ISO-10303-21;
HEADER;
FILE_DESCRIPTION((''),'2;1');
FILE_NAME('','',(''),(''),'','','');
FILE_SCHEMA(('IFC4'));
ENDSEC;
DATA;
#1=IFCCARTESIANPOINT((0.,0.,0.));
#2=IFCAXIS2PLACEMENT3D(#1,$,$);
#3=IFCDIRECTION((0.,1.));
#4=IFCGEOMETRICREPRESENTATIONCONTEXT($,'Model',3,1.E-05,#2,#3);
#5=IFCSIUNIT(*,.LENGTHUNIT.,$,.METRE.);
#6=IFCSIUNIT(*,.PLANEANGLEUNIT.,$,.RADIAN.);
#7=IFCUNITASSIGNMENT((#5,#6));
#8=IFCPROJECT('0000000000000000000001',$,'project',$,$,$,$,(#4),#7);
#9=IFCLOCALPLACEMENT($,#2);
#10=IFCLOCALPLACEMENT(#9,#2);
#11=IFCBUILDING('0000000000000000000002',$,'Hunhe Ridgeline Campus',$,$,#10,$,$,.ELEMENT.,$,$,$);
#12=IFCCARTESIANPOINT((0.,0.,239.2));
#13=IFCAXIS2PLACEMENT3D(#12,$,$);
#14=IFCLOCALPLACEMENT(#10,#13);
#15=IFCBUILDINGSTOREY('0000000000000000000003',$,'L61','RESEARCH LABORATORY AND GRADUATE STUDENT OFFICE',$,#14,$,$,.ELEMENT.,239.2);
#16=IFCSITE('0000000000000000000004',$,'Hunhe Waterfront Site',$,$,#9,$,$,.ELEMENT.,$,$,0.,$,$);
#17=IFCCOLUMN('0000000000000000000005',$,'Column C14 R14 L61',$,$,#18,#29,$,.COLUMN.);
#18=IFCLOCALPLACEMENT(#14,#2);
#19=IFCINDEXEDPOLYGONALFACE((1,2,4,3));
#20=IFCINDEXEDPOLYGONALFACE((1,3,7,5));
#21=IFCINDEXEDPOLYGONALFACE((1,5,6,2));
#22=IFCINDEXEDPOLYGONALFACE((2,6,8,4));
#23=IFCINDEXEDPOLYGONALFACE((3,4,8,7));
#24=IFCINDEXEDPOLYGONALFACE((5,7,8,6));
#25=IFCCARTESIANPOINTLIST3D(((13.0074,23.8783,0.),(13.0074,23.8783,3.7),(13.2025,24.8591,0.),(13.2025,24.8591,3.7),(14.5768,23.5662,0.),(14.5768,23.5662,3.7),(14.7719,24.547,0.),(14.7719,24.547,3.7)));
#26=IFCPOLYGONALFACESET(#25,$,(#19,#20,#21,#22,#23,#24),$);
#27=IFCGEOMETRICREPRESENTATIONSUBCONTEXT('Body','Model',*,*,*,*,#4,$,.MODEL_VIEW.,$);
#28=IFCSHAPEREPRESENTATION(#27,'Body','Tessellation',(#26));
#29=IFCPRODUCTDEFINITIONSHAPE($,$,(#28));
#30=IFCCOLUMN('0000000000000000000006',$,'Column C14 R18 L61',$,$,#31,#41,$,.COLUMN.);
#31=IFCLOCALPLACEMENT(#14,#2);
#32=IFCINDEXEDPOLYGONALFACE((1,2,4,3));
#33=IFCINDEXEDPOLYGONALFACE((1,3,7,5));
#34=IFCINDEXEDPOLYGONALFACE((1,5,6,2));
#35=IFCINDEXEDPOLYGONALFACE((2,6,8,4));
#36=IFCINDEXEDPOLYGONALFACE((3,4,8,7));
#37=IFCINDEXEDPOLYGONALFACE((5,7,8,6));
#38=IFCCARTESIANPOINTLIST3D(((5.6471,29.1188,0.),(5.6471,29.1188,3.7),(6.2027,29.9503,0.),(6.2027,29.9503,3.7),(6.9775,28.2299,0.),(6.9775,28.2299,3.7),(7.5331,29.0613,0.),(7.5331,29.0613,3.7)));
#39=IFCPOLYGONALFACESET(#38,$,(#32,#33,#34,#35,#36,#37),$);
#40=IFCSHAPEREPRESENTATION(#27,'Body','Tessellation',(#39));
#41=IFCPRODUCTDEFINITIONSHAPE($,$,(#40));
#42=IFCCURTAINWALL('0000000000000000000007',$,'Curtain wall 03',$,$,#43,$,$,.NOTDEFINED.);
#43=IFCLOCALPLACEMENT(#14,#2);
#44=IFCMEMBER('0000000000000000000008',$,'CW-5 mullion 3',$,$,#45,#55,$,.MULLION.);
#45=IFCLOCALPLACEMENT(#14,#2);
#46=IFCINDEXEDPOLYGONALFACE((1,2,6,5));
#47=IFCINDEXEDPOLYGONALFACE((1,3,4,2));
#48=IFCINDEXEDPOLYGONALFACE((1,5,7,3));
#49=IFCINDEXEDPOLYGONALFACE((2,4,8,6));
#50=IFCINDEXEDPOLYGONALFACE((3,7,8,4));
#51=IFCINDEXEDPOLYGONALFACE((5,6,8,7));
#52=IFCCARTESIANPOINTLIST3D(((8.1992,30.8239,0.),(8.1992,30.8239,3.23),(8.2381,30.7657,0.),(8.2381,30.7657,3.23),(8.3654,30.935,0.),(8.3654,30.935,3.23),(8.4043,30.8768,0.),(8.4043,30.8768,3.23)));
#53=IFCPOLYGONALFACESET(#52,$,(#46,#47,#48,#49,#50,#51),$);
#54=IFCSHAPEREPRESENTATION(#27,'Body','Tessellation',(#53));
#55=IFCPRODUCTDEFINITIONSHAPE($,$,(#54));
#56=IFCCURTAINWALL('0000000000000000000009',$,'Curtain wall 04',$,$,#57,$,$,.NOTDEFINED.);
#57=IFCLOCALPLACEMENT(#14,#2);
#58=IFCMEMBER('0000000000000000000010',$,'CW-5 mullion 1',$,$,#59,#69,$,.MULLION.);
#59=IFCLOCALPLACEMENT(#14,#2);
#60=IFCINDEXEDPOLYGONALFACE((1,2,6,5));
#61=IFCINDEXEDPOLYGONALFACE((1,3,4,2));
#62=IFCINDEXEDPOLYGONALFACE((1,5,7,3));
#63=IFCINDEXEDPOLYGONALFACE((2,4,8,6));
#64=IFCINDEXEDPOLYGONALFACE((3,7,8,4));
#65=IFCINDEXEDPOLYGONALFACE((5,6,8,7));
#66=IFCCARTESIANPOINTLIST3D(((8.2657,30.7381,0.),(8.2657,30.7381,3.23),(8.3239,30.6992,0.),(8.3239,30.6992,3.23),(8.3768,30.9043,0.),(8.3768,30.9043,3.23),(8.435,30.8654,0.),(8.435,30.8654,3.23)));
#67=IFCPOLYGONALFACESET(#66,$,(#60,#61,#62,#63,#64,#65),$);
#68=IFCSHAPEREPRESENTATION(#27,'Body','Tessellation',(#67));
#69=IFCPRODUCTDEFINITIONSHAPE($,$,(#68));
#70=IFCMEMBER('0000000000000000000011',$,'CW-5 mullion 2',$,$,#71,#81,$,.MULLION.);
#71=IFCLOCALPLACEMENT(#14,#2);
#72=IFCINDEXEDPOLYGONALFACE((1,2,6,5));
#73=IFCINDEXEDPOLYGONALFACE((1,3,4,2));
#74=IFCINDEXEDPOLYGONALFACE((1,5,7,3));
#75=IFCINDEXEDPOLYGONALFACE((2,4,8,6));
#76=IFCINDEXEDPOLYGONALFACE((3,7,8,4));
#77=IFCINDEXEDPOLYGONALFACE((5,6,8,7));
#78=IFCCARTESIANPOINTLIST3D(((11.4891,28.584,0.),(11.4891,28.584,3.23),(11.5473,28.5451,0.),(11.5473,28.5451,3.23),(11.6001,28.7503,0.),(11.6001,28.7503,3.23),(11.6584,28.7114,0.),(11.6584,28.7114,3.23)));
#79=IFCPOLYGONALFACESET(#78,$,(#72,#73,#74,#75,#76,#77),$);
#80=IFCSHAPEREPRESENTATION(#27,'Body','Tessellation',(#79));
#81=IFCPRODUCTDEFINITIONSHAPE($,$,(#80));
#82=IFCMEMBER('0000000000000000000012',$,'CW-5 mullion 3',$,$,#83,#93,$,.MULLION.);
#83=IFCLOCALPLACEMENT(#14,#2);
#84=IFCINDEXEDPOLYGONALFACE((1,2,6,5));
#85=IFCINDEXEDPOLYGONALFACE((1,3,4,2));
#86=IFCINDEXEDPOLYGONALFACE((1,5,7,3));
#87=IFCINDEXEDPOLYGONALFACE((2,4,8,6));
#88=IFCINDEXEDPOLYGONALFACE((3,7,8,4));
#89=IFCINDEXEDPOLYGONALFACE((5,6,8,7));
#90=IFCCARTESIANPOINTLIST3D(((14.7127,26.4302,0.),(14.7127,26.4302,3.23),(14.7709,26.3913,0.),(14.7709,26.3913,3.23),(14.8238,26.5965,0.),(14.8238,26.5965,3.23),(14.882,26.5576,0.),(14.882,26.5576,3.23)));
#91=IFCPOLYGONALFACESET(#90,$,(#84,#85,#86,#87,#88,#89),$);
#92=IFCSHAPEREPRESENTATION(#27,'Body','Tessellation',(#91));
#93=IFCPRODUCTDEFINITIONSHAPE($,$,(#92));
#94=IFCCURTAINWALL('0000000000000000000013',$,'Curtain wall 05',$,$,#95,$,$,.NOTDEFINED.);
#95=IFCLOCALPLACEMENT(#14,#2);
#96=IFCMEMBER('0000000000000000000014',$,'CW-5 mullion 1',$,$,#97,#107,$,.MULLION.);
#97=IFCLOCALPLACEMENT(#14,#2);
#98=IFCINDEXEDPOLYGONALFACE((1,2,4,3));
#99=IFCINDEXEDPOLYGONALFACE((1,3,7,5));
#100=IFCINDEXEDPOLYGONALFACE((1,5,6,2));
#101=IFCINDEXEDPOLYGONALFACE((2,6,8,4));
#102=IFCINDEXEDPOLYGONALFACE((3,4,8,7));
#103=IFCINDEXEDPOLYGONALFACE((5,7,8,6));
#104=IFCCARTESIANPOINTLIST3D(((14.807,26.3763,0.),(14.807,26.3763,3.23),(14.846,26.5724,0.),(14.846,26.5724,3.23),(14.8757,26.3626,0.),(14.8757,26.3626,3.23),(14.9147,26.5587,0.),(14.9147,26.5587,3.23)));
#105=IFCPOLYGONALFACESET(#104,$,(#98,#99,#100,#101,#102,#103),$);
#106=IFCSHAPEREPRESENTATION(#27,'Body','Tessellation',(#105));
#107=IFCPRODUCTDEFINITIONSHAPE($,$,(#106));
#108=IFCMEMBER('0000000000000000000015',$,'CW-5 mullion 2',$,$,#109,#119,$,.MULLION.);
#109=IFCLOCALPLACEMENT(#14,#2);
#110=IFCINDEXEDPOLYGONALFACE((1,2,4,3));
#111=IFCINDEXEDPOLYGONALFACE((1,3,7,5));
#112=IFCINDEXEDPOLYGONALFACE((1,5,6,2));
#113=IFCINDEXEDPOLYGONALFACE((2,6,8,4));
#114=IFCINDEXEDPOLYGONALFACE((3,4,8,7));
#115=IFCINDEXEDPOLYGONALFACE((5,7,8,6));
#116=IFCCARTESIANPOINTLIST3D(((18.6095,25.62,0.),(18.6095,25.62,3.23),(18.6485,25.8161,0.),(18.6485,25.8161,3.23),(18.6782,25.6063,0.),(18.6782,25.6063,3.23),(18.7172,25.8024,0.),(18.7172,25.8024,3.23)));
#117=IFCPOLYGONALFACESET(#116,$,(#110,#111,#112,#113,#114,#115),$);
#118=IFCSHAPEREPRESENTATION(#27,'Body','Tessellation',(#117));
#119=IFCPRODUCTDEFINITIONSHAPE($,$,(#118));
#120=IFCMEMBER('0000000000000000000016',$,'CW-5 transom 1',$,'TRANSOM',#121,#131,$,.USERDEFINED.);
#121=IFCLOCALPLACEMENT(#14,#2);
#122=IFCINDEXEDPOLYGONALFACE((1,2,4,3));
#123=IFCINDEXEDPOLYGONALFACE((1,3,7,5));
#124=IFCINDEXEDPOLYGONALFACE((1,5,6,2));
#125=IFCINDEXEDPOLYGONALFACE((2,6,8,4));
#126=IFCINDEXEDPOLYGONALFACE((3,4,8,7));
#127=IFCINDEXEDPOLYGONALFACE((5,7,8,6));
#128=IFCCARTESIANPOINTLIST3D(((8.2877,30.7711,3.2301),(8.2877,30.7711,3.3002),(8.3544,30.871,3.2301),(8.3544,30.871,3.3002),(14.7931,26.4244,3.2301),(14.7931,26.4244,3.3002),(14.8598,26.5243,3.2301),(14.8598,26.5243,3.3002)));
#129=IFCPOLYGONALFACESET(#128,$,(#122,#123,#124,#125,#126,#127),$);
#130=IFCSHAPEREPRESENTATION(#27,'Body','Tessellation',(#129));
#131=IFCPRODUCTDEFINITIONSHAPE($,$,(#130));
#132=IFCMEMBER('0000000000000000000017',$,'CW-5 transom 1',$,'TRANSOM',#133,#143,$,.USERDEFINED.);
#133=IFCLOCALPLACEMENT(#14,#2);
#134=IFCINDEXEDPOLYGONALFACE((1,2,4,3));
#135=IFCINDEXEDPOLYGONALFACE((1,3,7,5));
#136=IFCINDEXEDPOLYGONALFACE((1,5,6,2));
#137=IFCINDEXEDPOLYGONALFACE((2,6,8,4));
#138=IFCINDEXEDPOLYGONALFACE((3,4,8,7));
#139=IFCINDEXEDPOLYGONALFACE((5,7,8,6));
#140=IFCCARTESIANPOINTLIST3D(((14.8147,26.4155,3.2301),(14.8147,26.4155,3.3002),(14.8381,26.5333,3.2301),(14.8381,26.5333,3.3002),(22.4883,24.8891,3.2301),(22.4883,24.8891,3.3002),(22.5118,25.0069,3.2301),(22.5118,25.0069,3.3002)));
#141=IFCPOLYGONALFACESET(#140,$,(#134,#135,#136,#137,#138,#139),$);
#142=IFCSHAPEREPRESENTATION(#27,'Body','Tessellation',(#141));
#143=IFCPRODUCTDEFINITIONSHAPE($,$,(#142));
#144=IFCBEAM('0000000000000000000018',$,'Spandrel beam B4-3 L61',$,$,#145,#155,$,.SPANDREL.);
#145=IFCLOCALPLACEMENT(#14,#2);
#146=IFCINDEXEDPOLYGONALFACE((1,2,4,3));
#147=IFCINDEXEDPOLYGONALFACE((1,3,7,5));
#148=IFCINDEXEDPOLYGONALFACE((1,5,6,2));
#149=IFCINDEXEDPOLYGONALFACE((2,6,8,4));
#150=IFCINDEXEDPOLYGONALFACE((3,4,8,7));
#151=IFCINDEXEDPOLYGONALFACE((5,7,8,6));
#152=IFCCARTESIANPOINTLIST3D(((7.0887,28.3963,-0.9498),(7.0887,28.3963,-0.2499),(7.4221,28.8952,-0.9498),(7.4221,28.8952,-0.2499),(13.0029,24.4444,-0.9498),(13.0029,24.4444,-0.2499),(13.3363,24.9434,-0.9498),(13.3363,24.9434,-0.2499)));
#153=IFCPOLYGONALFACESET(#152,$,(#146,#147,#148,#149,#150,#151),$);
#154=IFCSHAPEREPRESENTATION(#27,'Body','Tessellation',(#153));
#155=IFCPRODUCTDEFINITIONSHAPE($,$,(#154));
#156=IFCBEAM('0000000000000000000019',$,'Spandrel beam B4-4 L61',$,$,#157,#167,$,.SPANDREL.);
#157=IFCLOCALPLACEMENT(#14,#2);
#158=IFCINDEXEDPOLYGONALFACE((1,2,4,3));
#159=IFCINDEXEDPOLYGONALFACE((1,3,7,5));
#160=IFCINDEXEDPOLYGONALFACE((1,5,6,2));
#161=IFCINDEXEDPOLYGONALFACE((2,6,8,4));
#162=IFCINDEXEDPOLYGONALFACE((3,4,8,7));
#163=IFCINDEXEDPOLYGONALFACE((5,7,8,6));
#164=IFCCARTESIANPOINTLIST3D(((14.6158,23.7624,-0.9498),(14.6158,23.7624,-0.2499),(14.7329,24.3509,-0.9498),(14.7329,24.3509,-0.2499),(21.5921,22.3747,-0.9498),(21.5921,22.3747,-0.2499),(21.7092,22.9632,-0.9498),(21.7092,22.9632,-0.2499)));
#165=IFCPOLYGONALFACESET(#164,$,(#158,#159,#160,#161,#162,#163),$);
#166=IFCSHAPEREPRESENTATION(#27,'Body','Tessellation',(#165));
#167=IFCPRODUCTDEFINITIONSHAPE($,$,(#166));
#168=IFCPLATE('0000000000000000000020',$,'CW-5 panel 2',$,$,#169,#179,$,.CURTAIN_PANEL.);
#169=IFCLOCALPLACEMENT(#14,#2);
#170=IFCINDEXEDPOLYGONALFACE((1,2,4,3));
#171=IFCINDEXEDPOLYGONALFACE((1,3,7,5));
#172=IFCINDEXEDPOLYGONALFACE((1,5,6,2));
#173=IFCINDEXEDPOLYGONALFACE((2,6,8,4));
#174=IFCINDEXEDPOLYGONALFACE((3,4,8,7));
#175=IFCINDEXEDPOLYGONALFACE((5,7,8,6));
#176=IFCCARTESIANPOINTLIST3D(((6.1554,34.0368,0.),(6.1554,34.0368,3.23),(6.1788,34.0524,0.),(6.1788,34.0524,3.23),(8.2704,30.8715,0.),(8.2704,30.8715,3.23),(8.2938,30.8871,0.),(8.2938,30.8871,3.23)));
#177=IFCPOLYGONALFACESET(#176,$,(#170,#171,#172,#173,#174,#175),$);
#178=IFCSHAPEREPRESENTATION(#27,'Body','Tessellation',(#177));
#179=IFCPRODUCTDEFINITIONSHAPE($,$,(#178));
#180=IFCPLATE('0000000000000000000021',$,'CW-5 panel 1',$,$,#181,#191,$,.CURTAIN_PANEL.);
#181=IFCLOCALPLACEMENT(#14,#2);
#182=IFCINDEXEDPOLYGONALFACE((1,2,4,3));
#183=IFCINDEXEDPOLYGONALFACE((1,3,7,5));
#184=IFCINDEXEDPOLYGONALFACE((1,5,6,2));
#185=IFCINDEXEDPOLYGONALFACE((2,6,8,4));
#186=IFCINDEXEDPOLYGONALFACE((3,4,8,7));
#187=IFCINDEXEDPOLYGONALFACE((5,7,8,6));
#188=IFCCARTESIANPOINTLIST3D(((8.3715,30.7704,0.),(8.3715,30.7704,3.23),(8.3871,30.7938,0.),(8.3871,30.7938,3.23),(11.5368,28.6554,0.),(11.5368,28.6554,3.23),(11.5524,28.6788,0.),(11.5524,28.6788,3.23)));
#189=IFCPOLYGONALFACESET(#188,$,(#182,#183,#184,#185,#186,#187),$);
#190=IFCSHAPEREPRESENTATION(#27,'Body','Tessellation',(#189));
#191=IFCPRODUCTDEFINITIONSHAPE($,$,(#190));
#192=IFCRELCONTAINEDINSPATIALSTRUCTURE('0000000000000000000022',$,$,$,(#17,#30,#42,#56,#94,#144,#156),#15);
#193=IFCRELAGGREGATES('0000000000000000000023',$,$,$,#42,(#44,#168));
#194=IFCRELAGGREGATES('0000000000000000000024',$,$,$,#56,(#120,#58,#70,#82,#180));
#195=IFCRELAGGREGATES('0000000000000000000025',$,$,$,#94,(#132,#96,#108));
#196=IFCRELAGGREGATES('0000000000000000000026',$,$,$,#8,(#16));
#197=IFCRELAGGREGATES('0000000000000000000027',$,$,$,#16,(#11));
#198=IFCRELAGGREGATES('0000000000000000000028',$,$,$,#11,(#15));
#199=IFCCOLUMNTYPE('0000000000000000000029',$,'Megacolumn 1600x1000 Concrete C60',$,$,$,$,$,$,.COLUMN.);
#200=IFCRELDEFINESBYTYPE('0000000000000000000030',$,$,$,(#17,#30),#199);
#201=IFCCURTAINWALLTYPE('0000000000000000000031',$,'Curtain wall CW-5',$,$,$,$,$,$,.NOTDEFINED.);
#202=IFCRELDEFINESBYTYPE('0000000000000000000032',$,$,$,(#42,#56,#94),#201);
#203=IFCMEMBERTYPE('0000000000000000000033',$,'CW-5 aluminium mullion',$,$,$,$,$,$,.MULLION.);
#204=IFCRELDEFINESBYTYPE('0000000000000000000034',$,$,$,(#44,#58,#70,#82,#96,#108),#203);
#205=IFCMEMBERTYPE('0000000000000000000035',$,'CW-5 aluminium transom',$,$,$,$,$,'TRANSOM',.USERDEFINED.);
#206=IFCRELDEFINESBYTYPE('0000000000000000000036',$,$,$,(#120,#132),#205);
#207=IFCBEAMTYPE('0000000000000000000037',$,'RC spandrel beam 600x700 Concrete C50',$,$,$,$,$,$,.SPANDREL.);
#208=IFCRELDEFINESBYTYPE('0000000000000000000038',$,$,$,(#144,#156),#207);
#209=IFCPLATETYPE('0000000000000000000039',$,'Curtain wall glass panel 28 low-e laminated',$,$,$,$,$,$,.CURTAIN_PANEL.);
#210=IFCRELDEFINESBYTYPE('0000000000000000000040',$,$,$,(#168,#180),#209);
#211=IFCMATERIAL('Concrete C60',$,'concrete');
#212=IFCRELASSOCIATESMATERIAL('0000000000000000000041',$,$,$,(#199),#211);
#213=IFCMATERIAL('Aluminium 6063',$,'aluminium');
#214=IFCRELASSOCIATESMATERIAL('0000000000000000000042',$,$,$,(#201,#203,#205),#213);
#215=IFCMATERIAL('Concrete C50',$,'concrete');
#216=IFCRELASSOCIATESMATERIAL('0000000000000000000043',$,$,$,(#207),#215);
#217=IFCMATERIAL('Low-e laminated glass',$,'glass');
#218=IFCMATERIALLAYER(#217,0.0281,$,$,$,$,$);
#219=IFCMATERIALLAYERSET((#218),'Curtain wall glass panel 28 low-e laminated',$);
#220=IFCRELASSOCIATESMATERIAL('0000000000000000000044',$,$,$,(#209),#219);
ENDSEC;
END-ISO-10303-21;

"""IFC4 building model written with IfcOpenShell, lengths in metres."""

from ifc_helpers import new_model, si_unit, direction, frame, origin, origin_2d, place, context, subcontext, project, spatial, rectangle, extrude, material, layer, layer_set, material_profile, profile_set, type_object, element, aggregate, save


model = new_model("IFC4")

# Units and contexts
model_context = context("Model", 3, precision=1e-05, world=origin(), true_north=direction((0.0, 1.0)))
body_context = subcontext(model_context, "Body", "Model", "MODEL_VIEW")
ifc_project = project(units=[si_unit("LENGTHUNIT", "METRE"), si_unit("PLANEANGLEUNIT", "RADIAN")], contexts=[model_context])

# Site, building, storey
site_placement = place(None, origin())
site = spatial("IfcSite", under=ifc_project, at=site_placement, Name="Hunhe Waterfront Site", CompositionType="ELEMENT", RefElevation=0.0)
building_placement = place(site_placement, origin())
building = spatial("IfcBuilding", under=site, at=building_placement, Name="Hunhe Ridgeline Campus", CompositionType="ELEMENT")
storey_placement = place(building_placement, frame((0.0, 0.0, 239.2)))
storey = spatial("IfcBuildingStorey", under=building, at=storey_placement, Name="L61", Description="RESEARCH LABORATORY AND GRADUATE STUDENT OFFICE", CompositionType="ELEMENT", Elevation=239.2)

# Columns
ifc_material_1 = material(Name="Concrete C60", Category="concrete")
ifc_material_profile_1 = material_profile(ifc_material_1, rectangle(XDim=1.6001, YDim=1.0, at=origin_2d()))
ifc_profile_set_1 = profile_set([ifc_material_profile_1], Name="Concrete C60")
column_type = type_object("IfcColumnType", Name="Megacolumn 1600x1000 Concrete C60", PredefinedType="COLUMN", material=ifc_profile_set_1)
for number, where, z_axis, x_axis, name in (
    (1, (13.8896, 24.2126, 0.0), (0.0, 0.0, 1.0), (-0.980785, 0.19509, 0.0), "Column C14 R14 L61"),
    (2, (6.5901, 29.0901, 0.0), (0.0, 0.0, 1.0), (-0.83147, 0.55557, 0.0), "Column C14 R18 L61"),
):
    element("IfcColumn", number, at=place(storey_placement, frame(where, z_axis=z_axis, x_axis=x_axis)), inside=storey, type_object=column_type, Name=name, PredefinedType="COLUMN", context=body_context, shape_type="SweptSolid", body=[
        extrude(rectangle(XDim=1.6001, YDim=1.0, at=origin_2d()), origin(), (0.0, 0.0, 1.0), 3.7),
    ])

# Curtain wall, member
ifc_material_2 = material(Name="Aluminium 6063", Category="aluminium")
curtain_wall_type = type_object("IfcCurtainWallType", Name="Curtain wall CW-5", PredefinedType="NOTDEFINED", material=ifc_material_2)
curtain_wall_1_placement = place(storey_placement, origin())
curtain_wall_1 = element("IfcCurtainWall", 3, at=curtain_wall_1_placement, inside=storey, type_object=curtain_wall_type, Name="Curtain wall 03", PredefinedType="NOTDEFINED")
ifc_material_profile_2 = material_profile(ifc_material_2, rectangle(XDim=0.2, YDim=0.0701, at=origin_2d()))
ifc_profile_set_2 = profile_set([ifc_material_profile_2], Name="Aluminium 6063")
member_type_1 = type_object("IfcMemberType", Name="CW-5 aluminium mullion", PredefinedType="MULLION", material=ifc_profile_set_2)
member_1_placement = place(storey_placement, frame((8.3018, 30.8503, 0.0), z_axis=(0.0, 0.0, 1.0), x_axis=(0.83147, 0.55557, 0.0)))
member_1 = element("IfcMember", 4, at=member_1_placement, type_object=member_type_1, Name="CW-5 mullion 3", PredefinedType="MULLION", context=body_context, shape_type="SweptSolid", body=[
    extrude(rectangle(XDim=0.2, YDim=0.0701, at=origin_2d()), origin(), (0.0, 0.0, 1.0), 3.23),
])

# Curtain walls, members
curtain_wall_2_placement = place(storey_placement, origin())
curtain_wall_2 = element("IfcCurtainWall", 5, at=curtain_wall_2_placement, inside=storey, type_object=curtain_wall_type, Name="Curtain wall 04", PredefinedType="NOTDEFINED")
member_2_placement = place(storey_placement, frame((8.3503, 30.8018, 0.0), z_axis=(0.0, 0.0, 1.0), x_axis=(0.55557, 0.83147, 0.0)))
member_2 = element("IfcMember", 6, at=member_2_placement, type_object=member_type_1, Name="CW-5 mullion 1", PredefinedType="MULLION", context=body_context, shape_type="SweptSolid", body=[
    extrude(rectangle(XDim=0.2, YDim=0.0701, at=origin_2d()), origin(), (0.0, 0.0, 1.0), 3.23),
])
member_3_placement = place(storey_placement, frame((11.5737, 28.6477, 0.0), z_axis=(0.0, 0.0, 1.0), x_axis=(0.55557, 0.83147, 0.0)))
member_3 = element("IfcMember", 7, at=member_3_placement, type_object=member_type_1, Name="CW-5 mullion 2", PredefinedType="MULLION", context=body_context, shape_type="SweptSolid", body=[
    extrude(rectangle(XDim=0.2, YDim=0.0701, at=origin_2d()), origin(), (0.0, 0.0, 1.0), 3.23),
])
member_4_placement = place(storey_placement, frame((14.7974, 26.4939, 0.0), z_axis=(0.0, 0.0, 1.0), x_axis=(0.55557, 0.83147, 0.0)))
member_4 = element("IfcMember", 8, at=member_4_placement, type_object=member_type_1, Name="CW-5 mullion 3", PredefinedType="MULLION", context=body_context, shape_type="SweptSolid", body=[
    extrude(rectangle(XDim=0.2, YDim=0.0701, at=origin_2d()), origin(), (0.0, 0.0, 1.0), 3.23),
])
curtain_wall_3_placement = place(storey_placement, origin())
curtain_wall_3 = element("IfcCurtainWall", 9, at=curtain_wall_3_placement, inside=storey, type_object=curtain_wall_type, Name="Curtain wall 05", PredefinedType="NOTDEFINED")
member_5_placement = place(storey_placement, frame((14.8608, 26.4675, 0.0), z_axis=(0.0, 0.0, 1.0), x_axis=(0.19509, 0.980785, 0.0)))
member_5 = element("IfcMember", 10, at=member_5_placement, type_object=member_type_1, Name="CW-5 mullion 1", PredefinedType="MULLION", context=body_context, shape_type="SweptSolid", body=[
    extrude(rectangle(XDim=0.2, YDim=0.0701, at=origin_2d()), origin(), (0.0, 0.0, 1.0), 3.23),
])
member_6_placement = place(storey_placement, frame((18.6633, 25.7112, 0.0), z_axis=(0.0, 0.0, 1.0), x_axis=(0.19509, 0.980785, 0.0)))
member_6 = element("IfcMember", 11, at=member_6_placement, type_object=member_type_1, Name="CW-5 mullion 2", PredefinedType="MULLION", context=body_context, shape_type="SweptSolid", body=[
    extrude(rectangle(XDim=0.2, YDim=0.0701, at=origin_2d()), origin(), (0.0, 0.0, 1.0), 3.23),
])

# Members
ifc_material_profile_3 = material_profile(ifc_material_2, rectangle(XDim=0.1201, YDim=0.0701, at=origin_2d()))
ifc_profile_set_3 = profile_set([ifc_material_profile_3], Name="Aluminium 6063")
member_type_2 = type_object("IfcMemberType", Name="CW-5 aluminium transom", ElementType="TRANSOM", PredefinedType="USERDEFINED", material=ifc_profile_set_3)
member_7_placement = place(storey_placement, frame((8.321, 30.821, 3.2651), z_axis=(0.831474, -0.555564, 0.0), x_axis=(0.555564, 0.831474, 0.0)))
member_7 = element("IfcMember", 12, at=member_7_placement, type_object=member_type_2, Name="CW-5 transom 1", ObjectType="TRANSOM", PredefinedType="USERDEFINED", context=body_context, shape_type="SweptSolid", body=[
    extrude(rectangle(XDim=0.1201, YDim=0.0701, at=origin_2d()), origin(), (0.0, 0.0, 1.0), 7.824),
])
member_8_placement = place(storey_placement, frame((14.8264, 26.4744, 3.2651), z_axis=(0.980785, -0.19509, 0.0), x_axis=(0.19509, 0.980785, 0.0)))
member_8 = element("IfcMember", 13, at=member_8_placement, type_object=member_type_2, Name="CW-5 transom 1", ObjectType="TRANSOM", PredefinedType="USERDEFINED", context=body_context, shape_type="SweptSolid", body=[
    extrude(rectangle(XDim=0.1201, YDim=0.0701, at=origin_2d()), origin(), (0.0, 0.0, 1.0), 7.824),
])

# Beams
ifc_material_3 = material(Name="Concrete C50", Category="concrete")
ifc_material_profile_4 = material_profile(ifc_material_3, rectangle(XDim=0.6001, YDim=0.7, at=origin_2d()))
ifc_profile_set_4 = profile_set([ifc_material_profile_4], Name="Concrete C50")
beam_type = type_object("IfcBeamType", Name="RC spandrel beam 600x700 Concrete C50", PredefinedType="SPANDREL", material=ifc_profile_set_4)
for number, where, z_axis, x_axis, name in (
    (14, (7.2554, 28.6458, -0.5999), (0.831464, -0.555579, 0.0), (0.555579, 0.831464, 0.0), "Spandrel beam B4-3 L61"),
    (15, (14.6743, 24.0566, -0.5999), (0.980785, -0.195093, 0.0), (0.195093, 0.980785, 0.0), "Spandrel beam B4-4 L61"),
):
    element("IfcBeam", number, at=place(storey_placement, frame(where, z_axis=z_axis, x_axis=x_axis)), inside=storey, type_object=beam_type, Name=name, PredefinedType="SPANDREL", context=body_context, shape_type="SweptSolid", body=[
        extrude(rectangle(XDim=0.6001, YDim=0.7, at=origin_2d()), origin(), (0.0, 0.0, 1.0), 7.113),
    ])

# Plates
ifc_material_4 = material(Name="Low-e laminated glass", Category="glass")
ifc_layer_1 = layer(ifc_material_4, 0.0281)
ifc_layer_set_1 = layer_set([ifc_layer_1], Name="Curtain wall glass panel 28 low-e laminated")
plate_type = type_object("IfcPlateType", Name="Curtain wall glass panel 28 low-e laminated", PredefinedType="CURTAIN_PANEL", material=ifc_layer_set_1)
plate_1_placement = place(storey_placement, frame((7.2246, 32.4619, 0.0), z_axis=(0.0, 0.0, 1.0), x_axis=(0.55557, -0.83147, 0.0)))
plate_1 = element("IfcPlate", 16, at=plate_1_placement, type_object=plate_type, Name="CW-5 panel 2", PredefinedType="CURTAIN_PANEL", context=body_context, shape_type="SweptSolid", body=[
    extrude(rectangle(XDim=3.8069, YDim=0.0281, at=origin_2d()), origin(), (0.0, 0.0, 1.0), 3.23),
])
aggregate(curtain_wall_1, [member_1, plate_1])
plate_2_placement = place(storey_placement, frame((9.9619, 29.7246, 0.0), z_axis=(0.0, 0.0, 1.0), x_axis=(0.83147, -0.55557, 0.0)))
plate_2 = element("IfcPlate", 17, at=plate_2_placement, type_object=plate_type, Name="CW-5 panel 1", PredefinedType="CURTAIN_PANEL", context=body_context, shape_type="SweptSolid", body=[
    extrude(rectangle(XDim=3.8069, YDim=0.0281, at=origin_2d()), origin(), (0.0, 0.0, 1.0), 3.23),
])
aggregate(curtain_wall_2, [member_7, member_2, member_3, member_4, plate_2])
aggregate(curtain_wall_3, [member_8, member_5, member_6])

save(model, "model.ifc")
